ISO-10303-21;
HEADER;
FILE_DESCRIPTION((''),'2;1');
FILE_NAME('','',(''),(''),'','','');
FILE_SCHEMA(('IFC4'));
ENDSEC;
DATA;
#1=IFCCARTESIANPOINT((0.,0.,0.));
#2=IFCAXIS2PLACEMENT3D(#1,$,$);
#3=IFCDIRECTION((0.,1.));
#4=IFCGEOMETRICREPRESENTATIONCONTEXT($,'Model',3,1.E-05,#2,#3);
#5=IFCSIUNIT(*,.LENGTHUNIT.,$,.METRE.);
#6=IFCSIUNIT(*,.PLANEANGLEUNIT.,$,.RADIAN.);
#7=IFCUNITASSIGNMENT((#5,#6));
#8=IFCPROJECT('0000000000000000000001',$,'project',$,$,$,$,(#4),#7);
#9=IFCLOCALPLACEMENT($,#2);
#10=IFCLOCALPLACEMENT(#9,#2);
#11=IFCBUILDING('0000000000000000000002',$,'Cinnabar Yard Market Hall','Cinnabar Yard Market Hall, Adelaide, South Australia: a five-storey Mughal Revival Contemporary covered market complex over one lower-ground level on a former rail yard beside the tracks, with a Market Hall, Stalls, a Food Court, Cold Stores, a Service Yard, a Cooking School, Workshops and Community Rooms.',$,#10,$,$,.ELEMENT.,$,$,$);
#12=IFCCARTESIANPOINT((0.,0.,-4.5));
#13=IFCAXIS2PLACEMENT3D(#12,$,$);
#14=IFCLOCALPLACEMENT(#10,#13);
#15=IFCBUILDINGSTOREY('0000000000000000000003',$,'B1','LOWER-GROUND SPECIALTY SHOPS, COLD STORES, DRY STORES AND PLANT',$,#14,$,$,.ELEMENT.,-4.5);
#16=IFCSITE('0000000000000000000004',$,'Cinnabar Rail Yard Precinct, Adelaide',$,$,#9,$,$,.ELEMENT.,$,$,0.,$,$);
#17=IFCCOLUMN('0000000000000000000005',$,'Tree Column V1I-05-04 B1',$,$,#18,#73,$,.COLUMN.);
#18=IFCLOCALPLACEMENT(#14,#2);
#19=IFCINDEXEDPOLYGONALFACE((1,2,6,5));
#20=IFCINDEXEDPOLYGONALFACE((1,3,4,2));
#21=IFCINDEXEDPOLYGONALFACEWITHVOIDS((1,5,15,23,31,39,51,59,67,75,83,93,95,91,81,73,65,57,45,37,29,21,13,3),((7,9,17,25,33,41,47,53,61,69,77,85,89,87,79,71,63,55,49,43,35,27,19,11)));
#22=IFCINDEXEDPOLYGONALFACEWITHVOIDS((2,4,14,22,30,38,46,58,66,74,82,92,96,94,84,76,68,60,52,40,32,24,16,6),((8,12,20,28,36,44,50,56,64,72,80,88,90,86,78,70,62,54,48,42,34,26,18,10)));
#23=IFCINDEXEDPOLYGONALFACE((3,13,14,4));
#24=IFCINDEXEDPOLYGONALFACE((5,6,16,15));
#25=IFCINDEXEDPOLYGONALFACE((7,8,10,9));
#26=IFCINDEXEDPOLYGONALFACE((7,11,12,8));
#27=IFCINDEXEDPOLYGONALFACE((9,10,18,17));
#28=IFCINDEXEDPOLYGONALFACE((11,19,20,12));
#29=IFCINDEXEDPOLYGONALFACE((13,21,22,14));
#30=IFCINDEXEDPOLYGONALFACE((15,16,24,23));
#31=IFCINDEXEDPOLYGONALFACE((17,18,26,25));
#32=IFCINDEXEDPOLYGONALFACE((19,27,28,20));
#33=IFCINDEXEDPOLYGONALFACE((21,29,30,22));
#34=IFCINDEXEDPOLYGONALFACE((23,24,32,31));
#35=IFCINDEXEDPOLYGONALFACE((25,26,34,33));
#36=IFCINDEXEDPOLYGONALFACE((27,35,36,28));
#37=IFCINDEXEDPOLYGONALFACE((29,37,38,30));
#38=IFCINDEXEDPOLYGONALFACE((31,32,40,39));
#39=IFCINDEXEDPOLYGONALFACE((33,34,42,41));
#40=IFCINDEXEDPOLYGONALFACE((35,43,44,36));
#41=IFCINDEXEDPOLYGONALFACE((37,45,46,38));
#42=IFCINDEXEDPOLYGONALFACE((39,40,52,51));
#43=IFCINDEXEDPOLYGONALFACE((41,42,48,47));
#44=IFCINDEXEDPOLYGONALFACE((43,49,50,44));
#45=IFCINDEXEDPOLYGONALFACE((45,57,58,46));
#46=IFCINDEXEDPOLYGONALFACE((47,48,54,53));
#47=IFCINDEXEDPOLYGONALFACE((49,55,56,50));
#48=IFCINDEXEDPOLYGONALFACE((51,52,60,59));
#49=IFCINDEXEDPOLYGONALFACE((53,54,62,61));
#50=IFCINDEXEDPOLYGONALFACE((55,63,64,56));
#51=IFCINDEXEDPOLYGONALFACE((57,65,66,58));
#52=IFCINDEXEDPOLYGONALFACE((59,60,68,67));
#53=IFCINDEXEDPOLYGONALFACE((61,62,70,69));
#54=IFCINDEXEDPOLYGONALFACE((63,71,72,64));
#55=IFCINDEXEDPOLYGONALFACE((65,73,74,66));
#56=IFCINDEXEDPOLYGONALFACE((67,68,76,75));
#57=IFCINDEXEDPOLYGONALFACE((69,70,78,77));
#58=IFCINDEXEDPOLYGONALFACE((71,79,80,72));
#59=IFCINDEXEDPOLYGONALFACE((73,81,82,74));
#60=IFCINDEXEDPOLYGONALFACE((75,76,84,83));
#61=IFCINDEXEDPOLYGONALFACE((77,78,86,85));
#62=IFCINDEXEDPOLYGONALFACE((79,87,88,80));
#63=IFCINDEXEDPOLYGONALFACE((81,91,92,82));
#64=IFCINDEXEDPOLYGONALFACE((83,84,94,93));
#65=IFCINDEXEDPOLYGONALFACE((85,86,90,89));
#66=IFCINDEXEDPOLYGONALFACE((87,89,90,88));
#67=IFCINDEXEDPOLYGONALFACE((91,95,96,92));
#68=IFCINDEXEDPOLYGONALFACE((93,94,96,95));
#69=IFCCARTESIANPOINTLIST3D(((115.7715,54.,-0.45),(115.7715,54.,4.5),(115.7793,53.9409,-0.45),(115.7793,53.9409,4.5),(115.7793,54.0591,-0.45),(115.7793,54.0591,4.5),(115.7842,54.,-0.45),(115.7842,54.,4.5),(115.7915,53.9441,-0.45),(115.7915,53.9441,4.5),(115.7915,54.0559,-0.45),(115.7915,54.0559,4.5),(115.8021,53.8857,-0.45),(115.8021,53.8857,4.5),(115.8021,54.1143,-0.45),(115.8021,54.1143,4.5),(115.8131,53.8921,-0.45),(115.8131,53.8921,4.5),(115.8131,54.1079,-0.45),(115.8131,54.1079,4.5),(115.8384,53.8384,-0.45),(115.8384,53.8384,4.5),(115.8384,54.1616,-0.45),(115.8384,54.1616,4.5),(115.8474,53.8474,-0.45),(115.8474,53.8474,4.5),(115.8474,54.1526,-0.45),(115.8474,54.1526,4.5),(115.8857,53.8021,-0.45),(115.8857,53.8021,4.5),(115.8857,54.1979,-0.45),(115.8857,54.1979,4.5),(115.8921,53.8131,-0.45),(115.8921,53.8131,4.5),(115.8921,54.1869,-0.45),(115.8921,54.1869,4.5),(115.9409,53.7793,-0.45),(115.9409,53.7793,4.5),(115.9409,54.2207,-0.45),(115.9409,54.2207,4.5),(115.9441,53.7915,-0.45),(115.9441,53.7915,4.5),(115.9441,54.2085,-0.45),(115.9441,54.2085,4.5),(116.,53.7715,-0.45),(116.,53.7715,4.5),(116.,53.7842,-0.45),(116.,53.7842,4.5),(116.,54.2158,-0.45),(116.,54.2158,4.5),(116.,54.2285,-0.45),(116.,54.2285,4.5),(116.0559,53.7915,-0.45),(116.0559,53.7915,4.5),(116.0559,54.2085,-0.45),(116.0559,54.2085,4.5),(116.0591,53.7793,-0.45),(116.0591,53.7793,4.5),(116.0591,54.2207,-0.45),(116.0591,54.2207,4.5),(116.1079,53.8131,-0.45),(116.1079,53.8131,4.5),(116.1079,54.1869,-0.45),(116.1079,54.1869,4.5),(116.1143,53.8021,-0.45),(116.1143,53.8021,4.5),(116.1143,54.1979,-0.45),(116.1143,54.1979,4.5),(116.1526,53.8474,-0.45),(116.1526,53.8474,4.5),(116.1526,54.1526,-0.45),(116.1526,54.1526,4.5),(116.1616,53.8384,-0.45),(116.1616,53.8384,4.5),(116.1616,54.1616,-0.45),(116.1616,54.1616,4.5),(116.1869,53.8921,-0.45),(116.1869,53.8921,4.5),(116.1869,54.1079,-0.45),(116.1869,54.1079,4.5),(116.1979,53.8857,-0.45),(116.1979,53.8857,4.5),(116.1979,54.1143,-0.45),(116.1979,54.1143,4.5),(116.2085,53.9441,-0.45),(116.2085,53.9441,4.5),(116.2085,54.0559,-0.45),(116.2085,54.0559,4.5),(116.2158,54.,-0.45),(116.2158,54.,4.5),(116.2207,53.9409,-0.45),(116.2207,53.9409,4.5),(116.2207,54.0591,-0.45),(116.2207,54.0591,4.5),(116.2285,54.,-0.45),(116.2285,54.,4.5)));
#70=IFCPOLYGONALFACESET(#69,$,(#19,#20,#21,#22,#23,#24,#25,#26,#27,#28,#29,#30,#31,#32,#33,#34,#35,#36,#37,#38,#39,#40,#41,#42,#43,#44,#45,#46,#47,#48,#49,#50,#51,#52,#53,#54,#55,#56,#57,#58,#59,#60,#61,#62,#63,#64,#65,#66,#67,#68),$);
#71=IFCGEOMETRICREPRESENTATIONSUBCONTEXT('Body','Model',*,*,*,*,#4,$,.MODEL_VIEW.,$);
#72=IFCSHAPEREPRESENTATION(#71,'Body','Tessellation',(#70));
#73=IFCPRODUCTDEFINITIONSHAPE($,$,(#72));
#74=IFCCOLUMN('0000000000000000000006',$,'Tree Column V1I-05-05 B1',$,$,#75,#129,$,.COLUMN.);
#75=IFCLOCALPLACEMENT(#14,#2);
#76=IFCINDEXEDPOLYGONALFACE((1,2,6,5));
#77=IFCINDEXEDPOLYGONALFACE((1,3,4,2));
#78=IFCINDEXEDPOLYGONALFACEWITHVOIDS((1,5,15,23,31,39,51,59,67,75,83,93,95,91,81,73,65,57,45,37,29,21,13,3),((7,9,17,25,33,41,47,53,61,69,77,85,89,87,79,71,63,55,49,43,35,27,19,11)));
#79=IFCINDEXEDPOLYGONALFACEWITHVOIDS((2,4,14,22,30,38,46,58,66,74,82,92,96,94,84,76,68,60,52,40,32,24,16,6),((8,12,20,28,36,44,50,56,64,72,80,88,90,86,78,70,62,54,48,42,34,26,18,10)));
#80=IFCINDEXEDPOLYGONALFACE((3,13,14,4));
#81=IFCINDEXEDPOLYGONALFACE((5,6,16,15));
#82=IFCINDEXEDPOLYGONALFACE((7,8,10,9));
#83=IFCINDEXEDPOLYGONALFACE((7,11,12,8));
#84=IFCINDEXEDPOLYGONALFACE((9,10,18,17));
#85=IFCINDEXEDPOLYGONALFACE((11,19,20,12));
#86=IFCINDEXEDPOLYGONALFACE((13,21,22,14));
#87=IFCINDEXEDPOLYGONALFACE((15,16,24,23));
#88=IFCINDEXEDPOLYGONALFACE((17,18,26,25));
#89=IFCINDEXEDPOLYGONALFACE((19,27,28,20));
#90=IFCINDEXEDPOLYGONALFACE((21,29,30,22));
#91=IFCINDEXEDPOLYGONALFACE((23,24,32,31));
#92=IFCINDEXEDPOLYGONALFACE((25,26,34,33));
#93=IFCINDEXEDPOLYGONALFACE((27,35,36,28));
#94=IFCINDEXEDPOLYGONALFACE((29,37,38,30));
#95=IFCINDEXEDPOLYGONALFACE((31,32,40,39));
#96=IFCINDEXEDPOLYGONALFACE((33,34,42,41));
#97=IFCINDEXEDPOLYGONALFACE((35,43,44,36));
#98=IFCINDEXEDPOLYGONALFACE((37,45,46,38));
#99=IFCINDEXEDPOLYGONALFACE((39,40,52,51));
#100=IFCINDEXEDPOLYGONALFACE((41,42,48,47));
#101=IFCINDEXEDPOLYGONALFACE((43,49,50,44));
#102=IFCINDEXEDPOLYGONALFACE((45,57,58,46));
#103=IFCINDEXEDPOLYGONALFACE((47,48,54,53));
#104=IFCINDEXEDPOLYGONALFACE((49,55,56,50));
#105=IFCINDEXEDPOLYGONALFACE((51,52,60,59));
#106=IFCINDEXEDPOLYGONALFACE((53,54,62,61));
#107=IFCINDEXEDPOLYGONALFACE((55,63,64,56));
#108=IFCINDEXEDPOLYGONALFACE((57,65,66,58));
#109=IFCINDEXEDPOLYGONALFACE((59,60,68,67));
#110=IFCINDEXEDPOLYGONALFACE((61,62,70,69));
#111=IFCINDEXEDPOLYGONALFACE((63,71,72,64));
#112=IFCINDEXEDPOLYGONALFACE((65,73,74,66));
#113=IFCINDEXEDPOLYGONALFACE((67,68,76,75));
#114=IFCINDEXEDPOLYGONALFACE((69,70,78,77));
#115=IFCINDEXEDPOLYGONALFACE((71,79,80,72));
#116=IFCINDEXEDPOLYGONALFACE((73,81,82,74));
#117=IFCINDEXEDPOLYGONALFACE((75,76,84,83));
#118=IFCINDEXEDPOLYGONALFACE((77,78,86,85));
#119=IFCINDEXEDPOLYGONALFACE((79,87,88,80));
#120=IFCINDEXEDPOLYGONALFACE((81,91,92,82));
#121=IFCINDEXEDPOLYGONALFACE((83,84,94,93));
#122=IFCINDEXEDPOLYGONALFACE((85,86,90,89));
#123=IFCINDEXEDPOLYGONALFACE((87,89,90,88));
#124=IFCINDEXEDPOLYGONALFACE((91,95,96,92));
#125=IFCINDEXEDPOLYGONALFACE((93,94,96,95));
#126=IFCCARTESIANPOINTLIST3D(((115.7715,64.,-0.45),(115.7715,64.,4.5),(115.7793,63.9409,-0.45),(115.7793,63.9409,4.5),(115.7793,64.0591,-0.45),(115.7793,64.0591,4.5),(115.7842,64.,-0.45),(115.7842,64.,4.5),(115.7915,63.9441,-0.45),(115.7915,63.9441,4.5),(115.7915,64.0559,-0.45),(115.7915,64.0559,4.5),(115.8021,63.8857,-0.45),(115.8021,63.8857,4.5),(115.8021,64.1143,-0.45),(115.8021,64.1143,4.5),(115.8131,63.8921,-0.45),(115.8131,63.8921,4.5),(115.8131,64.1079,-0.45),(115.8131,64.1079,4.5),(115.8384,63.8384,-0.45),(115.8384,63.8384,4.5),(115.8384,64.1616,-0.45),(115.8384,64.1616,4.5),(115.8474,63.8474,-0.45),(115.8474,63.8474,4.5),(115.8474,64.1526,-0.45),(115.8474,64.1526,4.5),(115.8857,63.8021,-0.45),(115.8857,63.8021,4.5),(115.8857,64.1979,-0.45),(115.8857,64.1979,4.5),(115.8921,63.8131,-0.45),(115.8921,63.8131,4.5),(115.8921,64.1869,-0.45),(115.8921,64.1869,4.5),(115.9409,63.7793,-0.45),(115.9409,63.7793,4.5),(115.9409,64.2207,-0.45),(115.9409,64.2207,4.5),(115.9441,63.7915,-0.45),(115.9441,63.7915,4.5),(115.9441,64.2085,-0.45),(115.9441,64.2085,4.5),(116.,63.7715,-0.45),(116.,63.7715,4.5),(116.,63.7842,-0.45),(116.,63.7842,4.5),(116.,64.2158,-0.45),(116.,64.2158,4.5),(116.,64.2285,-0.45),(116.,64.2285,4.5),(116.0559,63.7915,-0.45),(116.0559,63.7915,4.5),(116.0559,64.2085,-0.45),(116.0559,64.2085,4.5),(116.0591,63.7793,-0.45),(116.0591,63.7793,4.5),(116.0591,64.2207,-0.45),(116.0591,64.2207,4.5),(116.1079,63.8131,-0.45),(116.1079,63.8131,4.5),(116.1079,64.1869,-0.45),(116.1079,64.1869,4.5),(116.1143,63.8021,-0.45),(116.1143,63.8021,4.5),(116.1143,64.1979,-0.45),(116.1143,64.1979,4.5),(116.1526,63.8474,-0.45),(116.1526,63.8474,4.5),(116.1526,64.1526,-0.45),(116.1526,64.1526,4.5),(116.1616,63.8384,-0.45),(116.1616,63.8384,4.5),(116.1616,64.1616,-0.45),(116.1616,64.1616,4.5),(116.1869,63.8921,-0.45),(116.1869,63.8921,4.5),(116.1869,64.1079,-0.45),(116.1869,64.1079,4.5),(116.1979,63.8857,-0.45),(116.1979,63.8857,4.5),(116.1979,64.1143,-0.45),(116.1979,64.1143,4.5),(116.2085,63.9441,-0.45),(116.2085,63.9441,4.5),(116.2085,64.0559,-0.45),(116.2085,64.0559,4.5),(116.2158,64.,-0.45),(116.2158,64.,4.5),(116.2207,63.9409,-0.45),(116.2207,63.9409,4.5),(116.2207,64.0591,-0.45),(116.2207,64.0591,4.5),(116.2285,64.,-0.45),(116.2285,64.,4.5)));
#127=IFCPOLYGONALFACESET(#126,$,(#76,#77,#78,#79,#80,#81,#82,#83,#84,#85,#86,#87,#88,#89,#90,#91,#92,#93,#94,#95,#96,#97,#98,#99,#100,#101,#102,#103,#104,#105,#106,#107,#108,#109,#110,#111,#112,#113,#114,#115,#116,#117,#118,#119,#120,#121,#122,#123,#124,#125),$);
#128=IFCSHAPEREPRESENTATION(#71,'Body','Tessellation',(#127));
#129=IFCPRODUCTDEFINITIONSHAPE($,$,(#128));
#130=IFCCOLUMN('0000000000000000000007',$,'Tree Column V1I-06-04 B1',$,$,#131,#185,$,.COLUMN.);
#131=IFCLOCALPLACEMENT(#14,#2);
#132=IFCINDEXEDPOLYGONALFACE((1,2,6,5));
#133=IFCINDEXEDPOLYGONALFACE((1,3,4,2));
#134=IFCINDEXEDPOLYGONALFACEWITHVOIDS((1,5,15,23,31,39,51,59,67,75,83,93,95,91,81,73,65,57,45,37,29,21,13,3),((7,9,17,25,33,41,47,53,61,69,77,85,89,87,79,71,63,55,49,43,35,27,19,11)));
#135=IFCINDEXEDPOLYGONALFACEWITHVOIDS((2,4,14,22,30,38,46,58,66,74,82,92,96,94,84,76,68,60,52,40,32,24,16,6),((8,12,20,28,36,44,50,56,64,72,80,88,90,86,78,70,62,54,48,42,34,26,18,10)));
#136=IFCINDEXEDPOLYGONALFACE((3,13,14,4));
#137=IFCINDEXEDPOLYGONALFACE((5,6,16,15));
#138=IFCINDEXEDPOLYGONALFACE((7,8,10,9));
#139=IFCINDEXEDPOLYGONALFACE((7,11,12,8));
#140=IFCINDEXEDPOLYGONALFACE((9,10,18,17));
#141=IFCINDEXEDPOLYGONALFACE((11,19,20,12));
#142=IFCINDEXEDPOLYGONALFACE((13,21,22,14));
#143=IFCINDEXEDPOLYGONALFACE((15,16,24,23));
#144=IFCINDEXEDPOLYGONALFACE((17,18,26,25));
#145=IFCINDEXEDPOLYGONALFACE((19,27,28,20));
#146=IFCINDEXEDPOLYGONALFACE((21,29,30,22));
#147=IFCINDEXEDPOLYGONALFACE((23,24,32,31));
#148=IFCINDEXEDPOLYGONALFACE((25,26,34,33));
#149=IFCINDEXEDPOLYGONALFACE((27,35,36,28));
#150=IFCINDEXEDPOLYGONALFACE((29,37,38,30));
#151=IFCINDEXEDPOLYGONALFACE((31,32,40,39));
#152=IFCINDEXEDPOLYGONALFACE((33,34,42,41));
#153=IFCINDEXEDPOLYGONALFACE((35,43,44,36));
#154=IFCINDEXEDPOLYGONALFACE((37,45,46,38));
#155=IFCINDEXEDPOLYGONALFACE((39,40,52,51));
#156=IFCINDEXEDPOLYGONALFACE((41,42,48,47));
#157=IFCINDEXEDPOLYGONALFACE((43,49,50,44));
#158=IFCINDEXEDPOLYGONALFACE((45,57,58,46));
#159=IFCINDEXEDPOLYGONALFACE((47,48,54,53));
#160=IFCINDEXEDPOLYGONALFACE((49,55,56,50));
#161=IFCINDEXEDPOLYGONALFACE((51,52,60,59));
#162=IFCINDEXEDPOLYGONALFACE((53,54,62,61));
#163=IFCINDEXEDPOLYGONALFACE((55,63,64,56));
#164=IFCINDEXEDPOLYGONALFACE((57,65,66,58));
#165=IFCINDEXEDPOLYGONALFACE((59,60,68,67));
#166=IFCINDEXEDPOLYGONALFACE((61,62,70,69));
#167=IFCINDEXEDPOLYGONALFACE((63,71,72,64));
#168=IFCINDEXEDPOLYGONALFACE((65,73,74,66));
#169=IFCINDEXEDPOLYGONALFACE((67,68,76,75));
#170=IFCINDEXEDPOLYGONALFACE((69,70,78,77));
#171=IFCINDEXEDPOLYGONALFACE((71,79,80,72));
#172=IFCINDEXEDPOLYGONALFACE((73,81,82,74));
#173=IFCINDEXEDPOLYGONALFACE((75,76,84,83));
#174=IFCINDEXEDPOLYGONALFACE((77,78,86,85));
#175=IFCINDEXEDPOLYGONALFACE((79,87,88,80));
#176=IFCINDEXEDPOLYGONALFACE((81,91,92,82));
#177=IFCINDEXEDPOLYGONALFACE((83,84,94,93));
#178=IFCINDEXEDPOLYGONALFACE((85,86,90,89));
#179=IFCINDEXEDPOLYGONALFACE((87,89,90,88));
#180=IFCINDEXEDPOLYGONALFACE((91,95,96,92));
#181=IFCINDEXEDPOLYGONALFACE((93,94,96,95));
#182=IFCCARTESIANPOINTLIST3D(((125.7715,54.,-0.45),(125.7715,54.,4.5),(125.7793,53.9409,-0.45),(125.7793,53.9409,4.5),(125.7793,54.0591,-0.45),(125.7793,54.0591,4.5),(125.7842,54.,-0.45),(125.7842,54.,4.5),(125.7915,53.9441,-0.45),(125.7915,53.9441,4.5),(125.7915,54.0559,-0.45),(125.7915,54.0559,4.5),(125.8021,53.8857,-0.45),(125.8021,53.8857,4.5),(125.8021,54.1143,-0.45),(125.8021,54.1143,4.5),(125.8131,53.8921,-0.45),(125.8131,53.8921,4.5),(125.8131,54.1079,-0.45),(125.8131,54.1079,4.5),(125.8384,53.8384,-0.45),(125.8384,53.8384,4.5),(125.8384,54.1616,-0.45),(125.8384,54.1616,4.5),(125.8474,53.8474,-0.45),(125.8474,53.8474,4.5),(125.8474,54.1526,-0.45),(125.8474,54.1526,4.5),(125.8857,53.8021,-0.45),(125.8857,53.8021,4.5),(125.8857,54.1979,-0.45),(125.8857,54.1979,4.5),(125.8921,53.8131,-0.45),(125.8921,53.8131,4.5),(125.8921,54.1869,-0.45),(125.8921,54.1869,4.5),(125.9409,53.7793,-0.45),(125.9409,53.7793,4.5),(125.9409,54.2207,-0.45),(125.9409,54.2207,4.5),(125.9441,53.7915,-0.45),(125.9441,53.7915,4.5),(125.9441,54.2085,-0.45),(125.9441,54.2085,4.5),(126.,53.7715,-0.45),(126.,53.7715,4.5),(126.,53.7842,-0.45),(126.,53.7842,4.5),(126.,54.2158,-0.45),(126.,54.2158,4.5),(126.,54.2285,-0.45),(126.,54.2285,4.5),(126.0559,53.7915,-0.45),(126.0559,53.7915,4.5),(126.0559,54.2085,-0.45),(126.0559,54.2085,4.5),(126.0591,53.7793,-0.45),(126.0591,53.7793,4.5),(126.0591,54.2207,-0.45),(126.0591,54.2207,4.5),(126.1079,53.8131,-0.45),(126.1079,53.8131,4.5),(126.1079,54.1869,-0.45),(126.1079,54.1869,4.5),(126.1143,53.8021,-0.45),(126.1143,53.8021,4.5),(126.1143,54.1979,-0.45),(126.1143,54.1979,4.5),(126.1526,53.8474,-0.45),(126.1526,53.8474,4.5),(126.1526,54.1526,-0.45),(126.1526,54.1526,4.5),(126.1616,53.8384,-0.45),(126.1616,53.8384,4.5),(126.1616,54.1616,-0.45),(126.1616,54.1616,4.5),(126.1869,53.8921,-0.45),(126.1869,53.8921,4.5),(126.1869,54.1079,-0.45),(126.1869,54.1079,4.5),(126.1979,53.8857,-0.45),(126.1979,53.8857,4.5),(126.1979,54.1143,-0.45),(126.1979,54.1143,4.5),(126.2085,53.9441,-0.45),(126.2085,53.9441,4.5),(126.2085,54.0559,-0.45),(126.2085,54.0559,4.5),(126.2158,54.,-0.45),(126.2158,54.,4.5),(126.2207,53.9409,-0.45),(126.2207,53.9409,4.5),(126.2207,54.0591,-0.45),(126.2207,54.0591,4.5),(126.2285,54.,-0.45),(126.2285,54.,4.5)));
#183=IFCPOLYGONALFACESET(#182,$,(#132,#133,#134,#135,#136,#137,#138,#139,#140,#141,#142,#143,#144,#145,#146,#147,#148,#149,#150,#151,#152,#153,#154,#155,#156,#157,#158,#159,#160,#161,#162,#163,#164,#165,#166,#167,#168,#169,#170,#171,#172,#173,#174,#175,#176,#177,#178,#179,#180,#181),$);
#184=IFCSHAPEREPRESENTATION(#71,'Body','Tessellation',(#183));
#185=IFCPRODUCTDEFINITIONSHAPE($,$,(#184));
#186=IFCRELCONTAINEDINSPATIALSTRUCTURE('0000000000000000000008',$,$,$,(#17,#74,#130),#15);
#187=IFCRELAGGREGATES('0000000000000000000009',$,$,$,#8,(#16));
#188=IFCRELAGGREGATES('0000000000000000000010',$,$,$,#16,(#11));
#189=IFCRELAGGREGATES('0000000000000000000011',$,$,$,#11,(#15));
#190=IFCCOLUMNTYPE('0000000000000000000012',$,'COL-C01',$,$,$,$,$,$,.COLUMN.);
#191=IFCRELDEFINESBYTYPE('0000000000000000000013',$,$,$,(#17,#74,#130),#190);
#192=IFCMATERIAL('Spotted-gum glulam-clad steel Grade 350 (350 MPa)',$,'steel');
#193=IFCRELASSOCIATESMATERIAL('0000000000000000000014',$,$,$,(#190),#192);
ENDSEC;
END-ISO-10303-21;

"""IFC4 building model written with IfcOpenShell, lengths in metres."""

from ifc_helpers import new_model, si_unit, direction, frame, origin, origin_2d_with_axis, place, context, subcontext, project, spatial, hollow_circle, extrude, material, material_profile, profile_set, type_object, element, save


model = new_model("IFC4")

# Units and contexts
model_context = context("Model", 3, precision=1e-05, world=origin(), true_north=direction((0.0, 1.0)))
body_context = subcontext(model_context, "Body", "Model", "MODEL_VIEW")
ifc_project = project(units=[si_unit("LENGTHUNIT", "METRE"), si_unit("PLANEANGLEUNIT", "RADIAN")], contexts=[model_context])

# Site, building, storey
site_placement = place(None, origin())
site = spatial("IfcSite", under=ifc_project, at=site_placement, Name="Cinnabar Rail Yard Precinct, Adelaide", CompositionType="ELEMENT", RefElevation=0.0)
building_placement = place(site_placement, origin())
building = spatial("IfcBuilding", under=site, at=building_placement, Name="Cinnabar Yard Market Hall", Description="Cinnabar Yard Market Hall, Adelaide, South Australia: a five-storey Mughal Revival Contemporary covered market complex over one lower-ground level on a former rail yard beside the tracks, with a Market Hall, Stalls, a Food Court, Cold Stores, a Service Yard, a Cooking School, Workshops and Community Rooms.", CompositionType="ELEMENT")
storey_placement = place(building_placement, frame((0.0, 0.0, -4.5)))
storey = spatial("IfcBuildingStorey", under=building, at=storey_placement, Name="B1", Description="LOWER-GROUND SPECIALTY SHOPS, COLD STORES, DRY STORES AND PLANT", CompositionType="ELEMENT", Elevation=-4.5)

# Columns
ifc_material_1 = material(Name="Spotted-gum glulam-clad steel Grade 350 (350 MPa)", Category="steel")
ifc_material_profile_1 = material_profile(ifc_material_1, hollow_circle(Radius=0.2285, WallThickness=0.0127, at=origin_2d_with_axis()), Name="457.0x12.7CHS")
ifc_profile_set_1 = profile_set([ifc_material_profile_1], Name="Spotted-gum glulam-clad steel Grade 350 (350 MPa)")
column_type = type_object("IfcColumnType", Name="COL-C01", PredefinedType="COLUMN", material=ifc_profile_set_1)
for number, where, z_axis, x_axis, name in (
    (1, (116.0, 54.0, -0.45), (0.0, 0.0, 1.0), (1.0, 0.0, 0.0), "Tree Column V1I-05-04 B1"),
    (2, (116.0, 64.0, -0.45), (0.0, 0.0, 1.0), (1.0, 0.0, 0.0), "Tree Column V1I-05-05 B1"),
    (3, (126.0, 54.0, -0.45), (0.0, 0.0, 1.0), (1.0, 0.0, 0.0), "Tree Column V1I-06-04 B1"),
):
    element("IfcColumn", number, at=place(storey_placement, frame(where, z_axis=z_axis, x_axis=x_axis)), inside=storey, type_object=column_type, Name=name, PredefinedType="COLUMN", context=body_context, shape_type="SweptSolid", body=[
        extrude(hollow_circle(Radius=0.2285, WallThickness=0.0127, at=origin_2d_with_axis()), origin(), (0.0, 0.0, 1.0), 4.95),
    ])

save(model, "model.ifc")
